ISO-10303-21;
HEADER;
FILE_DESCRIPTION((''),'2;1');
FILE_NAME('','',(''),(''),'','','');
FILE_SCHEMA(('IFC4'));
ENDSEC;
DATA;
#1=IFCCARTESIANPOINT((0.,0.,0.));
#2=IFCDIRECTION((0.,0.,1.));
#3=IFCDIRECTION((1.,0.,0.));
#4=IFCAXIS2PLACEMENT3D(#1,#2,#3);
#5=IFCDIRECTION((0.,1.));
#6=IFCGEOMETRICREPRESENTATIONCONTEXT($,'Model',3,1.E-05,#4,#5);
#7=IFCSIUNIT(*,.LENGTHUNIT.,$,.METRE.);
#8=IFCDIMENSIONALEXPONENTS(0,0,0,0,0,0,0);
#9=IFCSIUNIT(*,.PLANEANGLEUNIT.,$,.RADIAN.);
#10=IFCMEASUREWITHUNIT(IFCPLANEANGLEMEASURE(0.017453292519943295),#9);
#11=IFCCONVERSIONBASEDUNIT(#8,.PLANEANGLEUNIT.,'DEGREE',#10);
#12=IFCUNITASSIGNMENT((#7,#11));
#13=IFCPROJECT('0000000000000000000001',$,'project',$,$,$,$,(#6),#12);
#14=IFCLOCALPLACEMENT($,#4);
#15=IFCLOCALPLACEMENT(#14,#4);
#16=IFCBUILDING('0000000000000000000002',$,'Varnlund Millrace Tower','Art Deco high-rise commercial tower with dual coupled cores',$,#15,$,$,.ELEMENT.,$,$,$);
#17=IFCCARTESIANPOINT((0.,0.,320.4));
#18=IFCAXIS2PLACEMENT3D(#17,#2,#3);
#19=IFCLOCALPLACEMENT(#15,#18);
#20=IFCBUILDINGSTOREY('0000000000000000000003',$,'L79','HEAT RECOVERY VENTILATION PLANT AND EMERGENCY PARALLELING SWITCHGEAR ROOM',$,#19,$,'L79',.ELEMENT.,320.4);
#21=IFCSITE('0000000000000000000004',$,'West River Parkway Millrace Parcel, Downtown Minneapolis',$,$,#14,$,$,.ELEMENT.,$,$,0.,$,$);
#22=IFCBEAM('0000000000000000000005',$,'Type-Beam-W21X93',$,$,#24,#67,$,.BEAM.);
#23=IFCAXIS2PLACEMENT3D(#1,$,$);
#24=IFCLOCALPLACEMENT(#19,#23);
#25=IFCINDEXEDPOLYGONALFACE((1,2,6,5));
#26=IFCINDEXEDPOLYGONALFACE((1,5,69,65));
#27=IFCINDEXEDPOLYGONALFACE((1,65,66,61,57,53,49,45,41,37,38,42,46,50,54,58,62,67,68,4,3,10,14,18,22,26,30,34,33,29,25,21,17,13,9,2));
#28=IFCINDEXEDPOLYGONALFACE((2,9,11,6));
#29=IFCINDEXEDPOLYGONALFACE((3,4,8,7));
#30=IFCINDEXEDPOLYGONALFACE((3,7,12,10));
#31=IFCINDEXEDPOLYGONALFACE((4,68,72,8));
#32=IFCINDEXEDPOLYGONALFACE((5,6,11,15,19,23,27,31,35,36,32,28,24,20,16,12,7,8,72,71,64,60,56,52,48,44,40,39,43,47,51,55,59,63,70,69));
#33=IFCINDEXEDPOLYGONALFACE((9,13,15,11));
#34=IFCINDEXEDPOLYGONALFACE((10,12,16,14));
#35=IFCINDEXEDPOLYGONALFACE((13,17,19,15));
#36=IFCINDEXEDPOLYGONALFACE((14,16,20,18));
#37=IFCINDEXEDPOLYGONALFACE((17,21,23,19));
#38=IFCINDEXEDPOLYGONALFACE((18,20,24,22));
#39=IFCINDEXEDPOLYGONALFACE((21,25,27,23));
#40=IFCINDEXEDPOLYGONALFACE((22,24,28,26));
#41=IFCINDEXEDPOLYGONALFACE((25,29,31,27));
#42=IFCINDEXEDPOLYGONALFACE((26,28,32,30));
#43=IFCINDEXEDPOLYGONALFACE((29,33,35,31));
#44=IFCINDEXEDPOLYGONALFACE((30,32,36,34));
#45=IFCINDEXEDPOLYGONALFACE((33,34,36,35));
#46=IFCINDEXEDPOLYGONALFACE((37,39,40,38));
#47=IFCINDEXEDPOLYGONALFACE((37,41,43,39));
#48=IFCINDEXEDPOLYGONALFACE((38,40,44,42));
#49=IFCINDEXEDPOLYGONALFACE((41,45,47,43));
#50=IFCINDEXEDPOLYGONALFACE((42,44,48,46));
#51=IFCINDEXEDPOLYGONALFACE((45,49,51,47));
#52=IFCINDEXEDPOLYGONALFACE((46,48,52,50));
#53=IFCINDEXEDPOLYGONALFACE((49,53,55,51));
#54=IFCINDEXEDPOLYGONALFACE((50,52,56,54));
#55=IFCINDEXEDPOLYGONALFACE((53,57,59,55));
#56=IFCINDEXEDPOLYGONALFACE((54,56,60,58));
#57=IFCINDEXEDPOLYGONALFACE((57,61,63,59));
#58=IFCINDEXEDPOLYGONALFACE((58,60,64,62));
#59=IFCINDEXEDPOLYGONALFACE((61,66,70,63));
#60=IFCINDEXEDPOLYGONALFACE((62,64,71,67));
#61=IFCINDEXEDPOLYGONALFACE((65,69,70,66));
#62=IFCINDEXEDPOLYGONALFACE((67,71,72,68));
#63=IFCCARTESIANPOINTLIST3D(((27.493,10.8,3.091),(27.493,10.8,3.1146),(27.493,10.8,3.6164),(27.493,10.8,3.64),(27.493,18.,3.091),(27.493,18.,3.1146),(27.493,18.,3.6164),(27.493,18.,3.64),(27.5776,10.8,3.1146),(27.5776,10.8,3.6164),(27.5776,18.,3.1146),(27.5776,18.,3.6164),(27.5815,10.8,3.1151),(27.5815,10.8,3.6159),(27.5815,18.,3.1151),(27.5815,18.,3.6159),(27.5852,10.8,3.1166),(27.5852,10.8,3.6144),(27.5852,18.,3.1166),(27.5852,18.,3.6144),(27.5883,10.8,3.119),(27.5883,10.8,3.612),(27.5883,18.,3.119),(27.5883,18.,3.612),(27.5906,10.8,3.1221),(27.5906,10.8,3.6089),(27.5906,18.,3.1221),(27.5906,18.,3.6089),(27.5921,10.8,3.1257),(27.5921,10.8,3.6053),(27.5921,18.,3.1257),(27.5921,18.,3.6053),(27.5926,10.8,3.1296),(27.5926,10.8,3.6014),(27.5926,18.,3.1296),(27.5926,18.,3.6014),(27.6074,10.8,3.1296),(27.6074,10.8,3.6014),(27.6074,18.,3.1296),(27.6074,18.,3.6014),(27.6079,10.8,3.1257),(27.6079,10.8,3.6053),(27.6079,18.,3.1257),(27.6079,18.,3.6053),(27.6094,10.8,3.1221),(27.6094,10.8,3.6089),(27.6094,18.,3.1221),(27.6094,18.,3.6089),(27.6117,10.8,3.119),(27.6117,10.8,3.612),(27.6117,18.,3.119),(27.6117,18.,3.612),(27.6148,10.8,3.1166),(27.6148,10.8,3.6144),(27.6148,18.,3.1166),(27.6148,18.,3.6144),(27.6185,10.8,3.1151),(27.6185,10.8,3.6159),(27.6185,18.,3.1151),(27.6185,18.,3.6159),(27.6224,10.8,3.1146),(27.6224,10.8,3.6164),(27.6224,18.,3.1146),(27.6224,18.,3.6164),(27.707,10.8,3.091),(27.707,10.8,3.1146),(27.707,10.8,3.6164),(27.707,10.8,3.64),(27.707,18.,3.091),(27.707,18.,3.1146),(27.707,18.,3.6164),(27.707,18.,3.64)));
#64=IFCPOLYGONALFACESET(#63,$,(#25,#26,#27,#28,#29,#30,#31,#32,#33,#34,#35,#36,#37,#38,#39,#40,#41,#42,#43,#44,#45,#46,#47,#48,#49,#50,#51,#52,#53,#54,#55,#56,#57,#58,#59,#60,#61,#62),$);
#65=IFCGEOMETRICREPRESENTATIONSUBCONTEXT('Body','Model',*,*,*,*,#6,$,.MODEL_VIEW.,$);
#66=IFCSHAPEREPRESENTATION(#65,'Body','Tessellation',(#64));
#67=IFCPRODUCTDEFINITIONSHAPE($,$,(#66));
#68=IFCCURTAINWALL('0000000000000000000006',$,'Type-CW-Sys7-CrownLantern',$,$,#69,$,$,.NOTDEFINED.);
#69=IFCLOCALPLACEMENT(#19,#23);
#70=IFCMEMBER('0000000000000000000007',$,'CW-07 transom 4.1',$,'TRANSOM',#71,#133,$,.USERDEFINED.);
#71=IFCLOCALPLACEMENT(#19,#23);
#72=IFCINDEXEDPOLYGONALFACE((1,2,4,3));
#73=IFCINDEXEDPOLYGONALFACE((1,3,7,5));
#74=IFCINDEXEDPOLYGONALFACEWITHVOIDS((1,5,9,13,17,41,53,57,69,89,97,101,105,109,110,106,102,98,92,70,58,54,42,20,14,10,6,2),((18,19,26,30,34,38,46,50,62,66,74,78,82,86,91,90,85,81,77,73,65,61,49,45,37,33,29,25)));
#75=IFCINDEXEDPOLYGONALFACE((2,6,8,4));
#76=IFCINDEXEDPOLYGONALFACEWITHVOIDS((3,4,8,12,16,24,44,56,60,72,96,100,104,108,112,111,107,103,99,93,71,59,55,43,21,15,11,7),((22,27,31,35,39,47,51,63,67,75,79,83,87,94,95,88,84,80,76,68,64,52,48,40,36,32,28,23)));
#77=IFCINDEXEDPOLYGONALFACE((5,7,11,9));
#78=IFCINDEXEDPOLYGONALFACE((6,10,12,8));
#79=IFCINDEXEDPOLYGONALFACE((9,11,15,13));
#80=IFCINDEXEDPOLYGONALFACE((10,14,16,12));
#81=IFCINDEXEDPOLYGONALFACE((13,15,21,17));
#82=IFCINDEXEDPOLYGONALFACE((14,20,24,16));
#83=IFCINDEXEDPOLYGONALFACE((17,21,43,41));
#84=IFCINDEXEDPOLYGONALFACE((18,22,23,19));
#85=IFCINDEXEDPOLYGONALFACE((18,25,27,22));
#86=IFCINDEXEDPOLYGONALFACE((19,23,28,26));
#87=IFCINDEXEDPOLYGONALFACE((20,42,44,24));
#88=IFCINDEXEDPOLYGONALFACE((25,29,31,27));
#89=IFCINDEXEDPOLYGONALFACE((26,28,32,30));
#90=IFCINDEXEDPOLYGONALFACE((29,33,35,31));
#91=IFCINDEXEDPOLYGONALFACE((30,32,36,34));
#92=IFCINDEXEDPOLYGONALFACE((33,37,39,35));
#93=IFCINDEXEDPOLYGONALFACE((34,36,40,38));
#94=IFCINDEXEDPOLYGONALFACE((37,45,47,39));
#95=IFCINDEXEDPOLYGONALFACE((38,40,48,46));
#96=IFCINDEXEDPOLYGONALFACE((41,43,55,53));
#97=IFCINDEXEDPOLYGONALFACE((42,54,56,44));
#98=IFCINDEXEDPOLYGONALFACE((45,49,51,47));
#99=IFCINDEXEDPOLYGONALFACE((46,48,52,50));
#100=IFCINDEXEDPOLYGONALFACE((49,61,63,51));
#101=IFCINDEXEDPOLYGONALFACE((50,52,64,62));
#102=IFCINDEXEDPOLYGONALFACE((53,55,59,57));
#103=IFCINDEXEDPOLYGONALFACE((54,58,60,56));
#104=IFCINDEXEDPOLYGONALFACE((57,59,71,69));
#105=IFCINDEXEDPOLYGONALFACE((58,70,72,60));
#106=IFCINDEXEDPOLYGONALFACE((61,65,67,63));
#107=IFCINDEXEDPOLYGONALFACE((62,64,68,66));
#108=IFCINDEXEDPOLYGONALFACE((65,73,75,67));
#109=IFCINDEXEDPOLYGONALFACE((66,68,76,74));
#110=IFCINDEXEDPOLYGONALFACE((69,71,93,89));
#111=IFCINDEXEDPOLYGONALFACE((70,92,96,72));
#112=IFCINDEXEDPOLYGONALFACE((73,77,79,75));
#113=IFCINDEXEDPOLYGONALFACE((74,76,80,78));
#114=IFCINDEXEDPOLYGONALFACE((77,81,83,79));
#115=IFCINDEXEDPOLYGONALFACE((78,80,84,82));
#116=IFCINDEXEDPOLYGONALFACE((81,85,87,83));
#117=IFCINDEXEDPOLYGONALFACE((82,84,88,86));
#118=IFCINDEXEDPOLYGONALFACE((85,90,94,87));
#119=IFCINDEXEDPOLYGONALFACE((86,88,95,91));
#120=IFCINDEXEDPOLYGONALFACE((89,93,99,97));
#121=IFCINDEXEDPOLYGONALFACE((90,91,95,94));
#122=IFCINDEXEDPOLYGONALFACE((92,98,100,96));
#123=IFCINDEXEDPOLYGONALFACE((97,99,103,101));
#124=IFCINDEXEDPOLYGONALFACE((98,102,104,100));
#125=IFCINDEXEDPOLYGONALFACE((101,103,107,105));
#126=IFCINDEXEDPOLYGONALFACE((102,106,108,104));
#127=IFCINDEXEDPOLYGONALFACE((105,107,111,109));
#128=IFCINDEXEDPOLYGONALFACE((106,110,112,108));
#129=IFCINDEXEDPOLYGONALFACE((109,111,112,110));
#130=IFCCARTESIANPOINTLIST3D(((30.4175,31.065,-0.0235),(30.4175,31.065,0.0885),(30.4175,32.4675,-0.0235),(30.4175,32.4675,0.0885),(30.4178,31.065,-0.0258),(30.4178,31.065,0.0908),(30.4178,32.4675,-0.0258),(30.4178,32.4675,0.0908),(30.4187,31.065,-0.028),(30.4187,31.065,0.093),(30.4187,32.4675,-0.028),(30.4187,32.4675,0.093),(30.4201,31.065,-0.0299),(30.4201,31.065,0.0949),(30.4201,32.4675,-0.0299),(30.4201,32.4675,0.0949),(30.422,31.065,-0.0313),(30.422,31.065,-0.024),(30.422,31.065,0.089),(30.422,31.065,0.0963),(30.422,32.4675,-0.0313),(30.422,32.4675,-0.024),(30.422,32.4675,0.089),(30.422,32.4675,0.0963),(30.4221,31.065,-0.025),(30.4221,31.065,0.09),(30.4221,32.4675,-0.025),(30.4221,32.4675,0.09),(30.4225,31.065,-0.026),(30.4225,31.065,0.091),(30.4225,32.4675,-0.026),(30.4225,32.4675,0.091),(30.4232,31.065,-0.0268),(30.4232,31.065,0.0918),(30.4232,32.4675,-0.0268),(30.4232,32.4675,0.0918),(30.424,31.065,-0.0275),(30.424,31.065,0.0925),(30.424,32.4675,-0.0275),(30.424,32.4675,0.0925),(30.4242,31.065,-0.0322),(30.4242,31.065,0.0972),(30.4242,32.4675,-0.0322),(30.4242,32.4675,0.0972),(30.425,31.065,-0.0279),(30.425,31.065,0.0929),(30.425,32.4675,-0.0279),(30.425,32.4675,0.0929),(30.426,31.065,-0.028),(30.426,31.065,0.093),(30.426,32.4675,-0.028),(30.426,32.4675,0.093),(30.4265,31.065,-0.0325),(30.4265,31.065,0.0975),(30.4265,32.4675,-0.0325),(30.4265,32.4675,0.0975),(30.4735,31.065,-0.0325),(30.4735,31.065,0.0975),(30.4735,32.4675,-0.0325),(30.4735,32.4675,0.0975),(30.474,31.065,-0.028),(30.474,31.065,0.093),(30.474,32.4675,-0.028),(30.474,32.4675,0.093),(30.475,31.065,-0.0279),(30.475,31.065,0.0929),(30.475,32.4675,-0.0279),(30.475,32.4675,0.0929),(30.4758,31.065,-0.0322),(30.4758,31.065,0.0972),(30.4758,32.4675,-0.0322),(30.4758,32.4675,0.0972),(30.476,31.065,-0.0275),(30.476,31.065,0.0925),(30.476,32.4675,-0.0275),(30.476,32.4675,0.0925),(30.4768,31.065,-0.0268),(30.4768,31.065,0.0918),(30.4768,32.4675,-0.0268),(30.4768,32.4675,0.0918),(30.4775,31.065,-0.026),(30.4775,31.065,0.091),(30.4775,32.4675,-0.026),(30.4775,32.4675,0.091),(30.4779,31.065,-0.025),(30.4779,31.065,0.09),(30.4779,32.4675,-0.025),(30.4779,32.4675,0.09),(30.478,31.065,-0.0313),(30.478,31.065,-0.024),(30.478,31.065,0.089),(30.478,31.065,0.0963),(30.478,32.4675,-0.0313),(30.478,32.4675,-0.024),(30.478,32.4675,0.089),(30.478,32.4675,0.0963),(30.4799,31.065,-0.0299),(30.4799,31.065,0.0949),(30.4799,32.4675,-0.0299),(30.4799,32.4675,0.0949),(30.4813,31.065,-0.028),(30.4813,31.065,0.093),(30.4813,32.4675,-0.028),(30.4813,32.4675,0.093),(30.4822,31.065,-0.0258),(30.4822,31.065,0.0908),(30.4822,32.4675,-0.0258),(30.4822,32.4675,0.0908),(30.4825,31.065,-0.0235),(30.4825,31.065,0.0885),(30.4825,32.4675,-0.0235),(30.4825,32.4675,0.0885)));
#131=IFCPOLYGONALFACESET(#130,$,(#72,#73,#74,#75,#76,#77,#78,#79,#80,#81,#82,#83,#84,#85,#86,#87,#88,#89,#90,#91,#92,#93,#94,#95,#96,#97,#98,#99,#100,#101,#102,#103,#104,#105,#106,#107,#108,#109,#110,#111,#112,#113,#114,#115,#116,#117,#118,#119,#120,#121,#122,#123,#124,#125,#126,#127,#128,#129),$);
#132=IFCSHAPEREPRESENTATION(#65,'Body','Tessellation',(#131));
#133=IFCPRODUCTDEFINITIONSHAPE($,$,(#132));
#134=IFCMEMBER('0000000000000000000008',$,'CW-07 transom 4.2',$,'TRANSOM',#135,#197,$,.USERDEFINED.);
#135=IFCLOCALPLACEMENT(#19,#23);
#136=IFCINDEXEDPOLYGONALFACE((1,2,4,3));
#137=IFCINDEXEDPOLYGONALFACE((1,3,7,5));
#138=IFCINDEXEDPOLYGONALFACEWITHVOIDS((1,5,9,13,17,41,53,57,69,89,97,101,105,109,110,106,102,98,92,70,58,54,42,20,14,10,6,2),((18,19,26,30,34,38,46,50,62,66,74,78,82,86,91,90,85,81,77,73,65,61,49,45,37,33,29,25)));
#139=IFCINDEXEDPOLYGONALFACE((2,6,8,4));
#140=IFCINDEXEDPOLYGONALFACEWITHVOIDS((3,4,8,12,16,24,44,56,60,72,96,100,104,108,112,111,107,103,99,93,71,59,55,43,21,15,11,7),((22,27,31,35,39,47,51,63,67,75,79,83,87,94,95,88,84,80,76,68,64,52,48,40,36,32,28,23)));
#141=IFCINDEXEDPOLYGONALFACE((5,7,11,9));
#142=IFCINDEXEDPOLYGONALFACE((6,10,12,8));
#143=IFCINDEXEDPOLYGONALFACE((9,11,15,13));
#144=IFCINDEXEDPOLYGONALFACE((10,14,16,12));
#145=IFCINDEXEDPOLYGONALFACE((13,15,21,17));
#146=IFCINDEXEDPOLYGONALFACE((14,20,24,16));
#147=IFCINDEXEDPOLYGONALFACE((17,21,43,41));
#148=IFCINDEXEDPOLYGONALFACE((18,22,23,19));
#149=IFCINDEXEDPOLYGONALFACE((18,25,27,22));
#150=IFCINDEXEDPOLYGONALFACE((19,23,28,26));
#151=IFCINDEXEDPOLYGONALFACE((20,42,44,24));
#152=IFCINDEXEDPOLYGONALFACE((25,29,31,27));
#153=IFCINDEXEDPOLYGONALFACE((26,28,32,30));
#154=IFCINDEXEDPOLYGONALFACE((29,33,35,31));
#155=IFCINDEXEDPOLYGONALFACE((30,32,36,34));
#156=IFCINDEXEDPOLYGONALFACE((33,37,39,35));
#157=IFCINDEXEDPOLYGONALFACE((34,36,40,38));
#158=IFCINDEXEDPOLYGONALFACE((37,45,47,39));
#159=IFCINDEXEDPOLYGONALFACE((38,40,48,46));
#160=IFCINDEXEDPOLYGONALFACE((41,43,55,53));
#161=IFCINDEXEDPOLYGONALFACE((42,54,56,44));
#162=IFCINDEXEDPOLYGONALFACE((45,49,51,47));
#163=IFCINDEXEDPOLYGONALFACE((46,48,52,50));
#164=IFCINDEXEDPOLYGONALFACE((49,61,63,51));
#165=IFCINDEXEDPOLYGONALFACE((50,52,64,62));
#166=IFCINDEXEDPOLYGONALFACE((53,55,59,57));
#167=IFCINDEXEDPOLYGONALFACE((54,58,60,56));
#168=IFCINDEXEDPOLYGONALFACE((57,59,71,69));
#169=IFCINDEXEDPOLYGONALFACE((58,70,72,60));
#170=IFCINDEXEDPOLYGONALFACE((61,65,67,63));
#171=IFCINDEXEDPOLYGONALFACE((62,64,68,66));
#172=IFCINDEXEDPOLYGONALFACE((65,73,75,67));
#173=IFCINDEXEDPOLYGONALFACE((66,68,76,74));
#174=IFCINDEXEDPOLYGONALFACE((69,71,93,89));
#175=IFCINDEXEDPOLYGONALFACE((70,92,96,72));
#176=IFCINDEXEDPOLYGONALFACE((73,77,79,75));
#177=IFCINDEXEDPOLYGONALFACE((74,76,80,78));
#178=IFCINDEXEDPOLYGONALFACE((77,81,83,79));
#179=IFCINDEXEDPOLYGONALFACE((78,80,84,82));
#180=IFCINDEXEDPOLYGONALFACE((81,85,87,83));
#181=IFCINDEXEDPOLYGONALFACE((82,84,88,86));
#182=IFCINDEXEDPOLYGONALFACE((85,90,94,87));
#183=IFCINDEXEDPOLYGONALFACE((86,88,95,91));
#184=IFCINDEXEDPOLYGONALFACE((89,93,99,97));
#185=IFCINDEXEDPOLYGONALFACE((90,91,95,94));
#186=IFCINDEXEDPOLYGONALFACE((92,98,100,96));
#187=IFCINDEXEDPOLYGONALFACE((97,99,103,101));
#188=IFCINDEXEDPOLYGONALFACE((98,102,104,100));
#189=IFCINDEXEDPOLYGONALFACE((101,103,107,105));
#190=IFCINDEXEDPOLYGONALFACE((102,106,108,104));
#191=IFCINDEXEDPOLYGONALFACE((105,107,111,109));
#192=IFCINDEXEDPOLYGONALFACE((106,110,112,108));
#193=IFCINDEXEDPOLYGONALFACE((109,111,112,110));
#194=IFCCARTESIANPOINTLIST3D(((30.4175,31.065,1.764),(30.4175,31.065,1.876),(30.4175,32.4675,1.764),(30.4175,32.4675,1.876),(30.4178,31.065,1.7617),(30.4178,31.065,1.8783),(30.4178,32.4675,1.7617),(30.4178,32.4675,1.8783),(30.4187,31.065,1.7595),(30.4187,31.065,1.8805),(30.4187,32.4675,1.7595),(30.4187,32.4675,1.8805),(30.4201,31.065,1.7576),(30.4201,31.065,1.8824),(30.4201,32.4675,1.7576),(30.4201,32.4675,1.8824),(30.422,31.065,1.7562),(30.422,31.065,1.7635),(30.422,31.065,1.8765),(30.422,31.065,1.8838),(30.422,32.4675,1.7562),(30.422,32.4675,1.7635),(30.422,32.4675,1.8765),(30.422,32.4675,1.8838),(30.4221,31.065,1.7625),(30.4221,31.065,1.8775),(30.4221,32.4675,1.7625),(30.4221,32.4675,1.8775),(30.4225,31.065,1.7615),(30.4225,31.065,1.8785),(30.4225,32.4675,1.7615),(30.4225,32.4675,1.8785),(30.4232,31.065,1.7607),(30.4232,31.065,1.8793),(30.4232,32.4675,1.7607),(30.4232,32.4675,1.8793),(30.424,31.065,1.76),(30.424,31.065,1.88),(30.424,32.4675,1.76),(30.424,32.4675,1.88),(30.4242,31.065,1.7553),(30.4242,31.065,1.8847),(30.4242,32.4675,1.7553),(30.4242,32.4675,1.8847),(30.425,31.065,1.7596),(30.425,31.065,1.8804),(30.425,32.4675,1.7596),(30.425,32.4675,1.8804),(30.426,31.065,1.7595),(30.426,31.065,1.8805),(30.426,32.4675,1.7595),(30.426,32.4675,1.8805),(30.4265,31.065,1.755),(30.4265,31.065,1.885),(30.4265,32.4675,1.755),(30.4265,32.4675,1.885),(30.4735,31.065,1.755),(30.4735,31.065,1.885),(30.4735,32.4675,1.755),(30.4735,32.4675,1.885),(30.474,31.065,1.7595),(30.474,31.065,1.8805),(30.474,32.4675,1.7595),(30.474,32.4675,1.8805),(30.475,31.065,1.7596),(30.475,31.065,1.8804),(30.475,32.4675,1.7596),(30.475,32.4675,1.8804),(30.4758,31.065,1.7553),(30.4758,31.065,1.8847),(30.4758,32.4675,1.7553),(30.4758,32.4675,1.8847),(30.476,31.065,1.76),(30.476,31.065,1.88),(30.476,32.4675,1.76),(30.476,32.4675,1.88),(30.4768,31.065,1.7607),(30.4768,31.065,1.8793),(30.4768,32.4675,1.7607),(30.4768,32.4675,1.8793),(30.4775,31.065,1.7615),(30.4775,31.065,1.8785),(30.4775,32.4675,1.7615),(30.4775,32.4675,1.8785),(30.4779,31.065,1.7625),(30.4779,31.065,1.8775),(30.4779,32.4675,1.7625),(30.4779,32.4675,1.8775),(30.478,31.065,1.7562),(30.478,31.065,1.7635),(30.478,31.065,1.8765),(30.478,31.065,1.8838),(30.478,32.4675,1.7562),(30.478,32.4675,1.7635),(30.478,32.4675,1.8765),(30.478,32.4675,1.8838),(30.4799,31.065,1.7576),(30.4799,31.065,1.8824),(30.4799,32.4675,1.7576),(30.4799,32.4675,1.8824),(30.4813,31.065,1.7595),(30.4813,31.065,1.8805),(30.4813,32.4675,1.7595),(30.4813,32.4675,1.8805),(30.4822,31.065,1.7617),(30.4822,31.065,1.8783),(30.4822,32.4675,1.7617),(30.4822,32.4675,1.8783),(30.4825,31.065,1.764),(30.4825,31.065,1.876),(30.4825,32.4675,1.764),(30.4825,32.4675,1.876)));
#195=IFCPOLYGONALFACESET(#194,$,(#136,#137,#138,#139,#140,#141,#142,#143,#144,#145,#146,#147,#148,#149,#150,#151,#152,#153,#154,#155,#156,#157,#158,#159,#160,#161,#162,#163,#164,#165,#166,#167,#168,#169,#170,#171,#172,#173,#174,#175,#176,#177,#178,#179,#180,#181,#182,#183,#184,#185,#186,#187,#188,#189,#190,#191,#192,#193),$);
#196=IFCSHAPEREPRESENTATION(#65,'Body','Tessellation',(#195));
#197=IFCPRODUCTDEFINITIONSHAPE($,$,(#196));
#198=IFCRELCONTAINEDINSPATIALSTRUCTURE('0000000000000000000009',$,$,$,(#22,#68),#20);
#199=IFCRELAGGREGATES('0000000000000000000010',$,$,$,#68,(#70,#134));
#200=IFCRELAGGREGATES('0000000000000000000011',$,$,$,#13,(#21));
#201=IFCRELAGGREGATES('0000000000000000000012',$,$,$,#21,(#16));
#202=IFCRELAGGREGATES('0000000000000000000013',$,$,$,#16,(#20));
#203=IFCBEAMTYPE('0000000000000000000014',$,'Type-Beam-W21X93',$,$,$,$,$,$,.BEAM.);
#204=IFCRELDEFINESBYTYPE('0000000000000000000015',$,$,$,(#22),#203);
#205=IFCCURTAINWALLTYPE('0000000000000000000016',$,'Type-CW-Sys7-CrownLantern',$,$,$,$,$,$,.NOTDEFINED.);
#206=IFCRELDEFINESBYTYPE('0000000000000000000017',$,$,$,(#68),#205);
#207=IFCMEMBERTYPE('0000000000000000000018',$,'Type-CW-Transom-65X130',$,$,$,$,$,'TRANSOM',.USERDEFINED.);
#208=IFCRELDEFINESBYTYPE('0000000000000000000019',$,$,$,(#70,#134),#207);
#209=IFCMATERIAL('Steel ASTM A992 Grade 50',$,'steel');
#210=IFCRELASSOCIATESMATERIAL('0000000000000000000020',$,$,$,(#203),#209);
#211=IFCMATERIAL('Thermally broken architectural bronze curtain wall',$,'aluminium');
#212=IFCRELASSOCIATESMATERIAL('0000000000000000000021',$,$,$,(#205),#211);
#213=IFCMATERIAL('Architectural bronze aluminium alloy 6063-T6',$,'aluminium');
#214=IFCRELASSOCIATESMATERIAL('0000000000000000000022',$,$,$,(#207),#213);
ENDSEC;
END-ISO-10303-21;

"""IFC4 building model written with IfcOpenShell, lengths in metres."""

from ifc_helpers import new_model, entity, si_unit, converted_unit, direction, frame, origin_with_axes, origin_2d_with_axis, place, context, subcontext, project, spatial, hollow_rectangle, i_section, extrude, material, material_profile, profile_set, type_object, element, aggregate, save


model = new_model("IFC4")

# Units and contexts
model_context = context("Model", 3, precision=1e-05, world=origin_with_axes(), true_north=direction((0.0, 1.0)))
body_context = subcontext(model_context, "Body", "Model", "MODEL_VIEW")
ifc_project = project(units=[si_unit("LENGTHUNIT", "METRE"), converted_unit("PLANEANGLEUNIT", "DEGREE", entity("IfcPlaneAngleMeasure", 0.017453292519943295), si_unit("PLANEANGLEUNIT", "RADIAN"), dimensions=[0, 0, 0, 0, 0, 0, 0])], contexts=[model_context])

# Site, building, storey
site_placement = place(None, origin_with_axes())
site = spatial("IfcSite", under=ifc_project, at=site_placement, Name="West River Parkway Millrace Parcel, Downtown Minneapolis", CompositionType="ELEMENT", RefElevation=0.0)
building_placement = place(site_placement, origin_with_axes())
building = spatial("IfcBuilding", under=site, at=building_placement, Name="Varnlund Millrace Tower", Description="Art Deco high-rise commercial tower with dual coupled cores", CompositionType="ELEMENT")
storey_placement = place(building_placement, frame((0.0, 0.0, 320.4), z_axis=(0.0, 0.0, 1.0), x_axis=(1.0, 0.0, 0.0)))
storey = spatial("IfcBuildingStorey", under=building, at=storey_placement, Name="L79", Description="HEAT RECOVERY VENTILATION PLANT AND EMERGENCY PARALLELING SWITCHGEAR ROOM", LongName="L79", CompositionType="ELEMENT", Elevation=320.4)

# Beam
ifc_material_1 = material(Name="Steel ASTM A992 Grade 50", Category="steel")
ifc_material_profile_1 = material_profile(ifc_material_1, i_section(OverallWidth=0.214, OverallDepth=0.549, WebThickness=0.0147, FlangeThickness=0.0236, FilletRadius=0.015, at=origin_2d_with_axis()), Name="Steel ASTM A992 Grade 50")
ifc_profile_set_1 = profile_set([ifc_material_profile_1], Name="Steel ASTM A992 Grade 50")
beam_type_1 = type_object("IfcBeamType", Name="Type-Beam-W21X93", PredefinedType="BEAM", material=ifc_profile_set_1)
beam_1_placement = place(storey_placement, frame((27.6, 10.8, 3.3655), z_axis=(0.0, 1.0, 0.0), x_axis=(-1.0, 0.0, 0.0)))
element("IfcBeam", 1, at=beam_1_placement, inside=storey, type_object=beam_type_1, Name="Type-Beam-W21X93", PredefinedType="BEAM", context=body_context, shape_type="SweptSolid", body=[
    extrude(i_section(OverallWidth=0.214, OverallDepth=0.549, WebThickness=0.0147, FlangeThickness=0.0236, FilletRadius=0.015, at=origin_2d_with_axis()), origin_with_axes(), (0.0, 0.0, 1.0), 7.2),
])

# Curtain wall, members
ifc_material_2 = material(Name="Thermally broken architectural bronze curtain wall", Category="aluminium")
curtain_wall_type = type_object("IfcCurtainWallType", Name="Type-CW-Sys7-CrownLantern", PredefinedType="NOTDEFINED", material=ifc_material_2)
curtain_wall_placement = place(storey_placement, frame((30.45, 37.0, 0.0), z_axis=(0.0, 0.0, 1.0), x_axis=(1.0, 0.0, 0.0)))
curtain_wall = element("IfcCurtainWall", 2, at=curtain_wall_placement, inside=storey, type_object=curtain_wall_type, Name="Type-CW-Sys7-CrownLantern", PredefinedType="NOTDEFINED")
ifc_material_3 = material(Name="Architectural bronze aluminium alloy 6063-T6", Category="aluminium")
ifc_material_profile_2 = material_profile(ifc_material_3, hollow_rectangle(XDim=0.065, YDim=0.13, WallThickness=0.0045, InnerFilletRadius=0.004, OuterFilletRadius=0.009, at=origin_2d_with_axis()), Name="Architectural bronze aluminium alloy 6063-T6")
ifc_profile_set_2 = profile_set([ifc_material_profile_2], Name="Architectural bronze aluminium alloy 6063-T6")
member_type = type_object("IfcMemberType", Name="Type-CW-Transom-65X130", ElementType="TRANSOM", PredefinedType="USERDEFINED", material=ifc_profile_set_2)
member_1_placement = place(storey_placement, frame((30.45, 32.4675, 0.0325), z_axis=(0.0, -1.0, 0.0), x_axis=(1.0, 0.0, 0.0)))
member_1 = element("IfcMember", 3, at=member_1_placement, type_object=member_type, Name="CW-07 transom 4.1", ObjectType="TRANSOM", PredefinedType="USERDEFINED", context=body_context, shape_type="SweptSolid", body=[
    extrude(hollow_rectangle(XDim=0.065, YDim=0.13, WallThickness=0.0045, InnerFilletRadius=0.004, OuterFilletRadius=0.009, at=origin_2d_with_axis()), origin_with_axes(), (0.0, 0.0, 1.0), 1.4025),
])
member_2_placement = place(storey_placement, frame((30.45, 32.4675, 1.82), z_axis=(0.0, -1.0, 0.0), x_axis=(1.0, 0.0, 0.0)))
member_2 = element("IfcMember", 4, at=member_2_placement, type_object=member_type, Name="CW-07 transom 4.2", ObjectType="TRANSOM", PredefinedType="USERDEFINED", context=body_context, shape_type="SweptSolid", body=[
    extrude(hollow_rectangle(XDim=0.065, YDim=0.13, WallThickness=0.0045, InnerFilletRadius=0.004, OuterFilletRadius=0.009, at=origin_2d_with_axis()), origin_with_axes(), (0.0, 0.0, 1.0), 1.4025),
])

aggregate(curtain_wall, [member_1, member_2])

save(model, "model.ifc")
